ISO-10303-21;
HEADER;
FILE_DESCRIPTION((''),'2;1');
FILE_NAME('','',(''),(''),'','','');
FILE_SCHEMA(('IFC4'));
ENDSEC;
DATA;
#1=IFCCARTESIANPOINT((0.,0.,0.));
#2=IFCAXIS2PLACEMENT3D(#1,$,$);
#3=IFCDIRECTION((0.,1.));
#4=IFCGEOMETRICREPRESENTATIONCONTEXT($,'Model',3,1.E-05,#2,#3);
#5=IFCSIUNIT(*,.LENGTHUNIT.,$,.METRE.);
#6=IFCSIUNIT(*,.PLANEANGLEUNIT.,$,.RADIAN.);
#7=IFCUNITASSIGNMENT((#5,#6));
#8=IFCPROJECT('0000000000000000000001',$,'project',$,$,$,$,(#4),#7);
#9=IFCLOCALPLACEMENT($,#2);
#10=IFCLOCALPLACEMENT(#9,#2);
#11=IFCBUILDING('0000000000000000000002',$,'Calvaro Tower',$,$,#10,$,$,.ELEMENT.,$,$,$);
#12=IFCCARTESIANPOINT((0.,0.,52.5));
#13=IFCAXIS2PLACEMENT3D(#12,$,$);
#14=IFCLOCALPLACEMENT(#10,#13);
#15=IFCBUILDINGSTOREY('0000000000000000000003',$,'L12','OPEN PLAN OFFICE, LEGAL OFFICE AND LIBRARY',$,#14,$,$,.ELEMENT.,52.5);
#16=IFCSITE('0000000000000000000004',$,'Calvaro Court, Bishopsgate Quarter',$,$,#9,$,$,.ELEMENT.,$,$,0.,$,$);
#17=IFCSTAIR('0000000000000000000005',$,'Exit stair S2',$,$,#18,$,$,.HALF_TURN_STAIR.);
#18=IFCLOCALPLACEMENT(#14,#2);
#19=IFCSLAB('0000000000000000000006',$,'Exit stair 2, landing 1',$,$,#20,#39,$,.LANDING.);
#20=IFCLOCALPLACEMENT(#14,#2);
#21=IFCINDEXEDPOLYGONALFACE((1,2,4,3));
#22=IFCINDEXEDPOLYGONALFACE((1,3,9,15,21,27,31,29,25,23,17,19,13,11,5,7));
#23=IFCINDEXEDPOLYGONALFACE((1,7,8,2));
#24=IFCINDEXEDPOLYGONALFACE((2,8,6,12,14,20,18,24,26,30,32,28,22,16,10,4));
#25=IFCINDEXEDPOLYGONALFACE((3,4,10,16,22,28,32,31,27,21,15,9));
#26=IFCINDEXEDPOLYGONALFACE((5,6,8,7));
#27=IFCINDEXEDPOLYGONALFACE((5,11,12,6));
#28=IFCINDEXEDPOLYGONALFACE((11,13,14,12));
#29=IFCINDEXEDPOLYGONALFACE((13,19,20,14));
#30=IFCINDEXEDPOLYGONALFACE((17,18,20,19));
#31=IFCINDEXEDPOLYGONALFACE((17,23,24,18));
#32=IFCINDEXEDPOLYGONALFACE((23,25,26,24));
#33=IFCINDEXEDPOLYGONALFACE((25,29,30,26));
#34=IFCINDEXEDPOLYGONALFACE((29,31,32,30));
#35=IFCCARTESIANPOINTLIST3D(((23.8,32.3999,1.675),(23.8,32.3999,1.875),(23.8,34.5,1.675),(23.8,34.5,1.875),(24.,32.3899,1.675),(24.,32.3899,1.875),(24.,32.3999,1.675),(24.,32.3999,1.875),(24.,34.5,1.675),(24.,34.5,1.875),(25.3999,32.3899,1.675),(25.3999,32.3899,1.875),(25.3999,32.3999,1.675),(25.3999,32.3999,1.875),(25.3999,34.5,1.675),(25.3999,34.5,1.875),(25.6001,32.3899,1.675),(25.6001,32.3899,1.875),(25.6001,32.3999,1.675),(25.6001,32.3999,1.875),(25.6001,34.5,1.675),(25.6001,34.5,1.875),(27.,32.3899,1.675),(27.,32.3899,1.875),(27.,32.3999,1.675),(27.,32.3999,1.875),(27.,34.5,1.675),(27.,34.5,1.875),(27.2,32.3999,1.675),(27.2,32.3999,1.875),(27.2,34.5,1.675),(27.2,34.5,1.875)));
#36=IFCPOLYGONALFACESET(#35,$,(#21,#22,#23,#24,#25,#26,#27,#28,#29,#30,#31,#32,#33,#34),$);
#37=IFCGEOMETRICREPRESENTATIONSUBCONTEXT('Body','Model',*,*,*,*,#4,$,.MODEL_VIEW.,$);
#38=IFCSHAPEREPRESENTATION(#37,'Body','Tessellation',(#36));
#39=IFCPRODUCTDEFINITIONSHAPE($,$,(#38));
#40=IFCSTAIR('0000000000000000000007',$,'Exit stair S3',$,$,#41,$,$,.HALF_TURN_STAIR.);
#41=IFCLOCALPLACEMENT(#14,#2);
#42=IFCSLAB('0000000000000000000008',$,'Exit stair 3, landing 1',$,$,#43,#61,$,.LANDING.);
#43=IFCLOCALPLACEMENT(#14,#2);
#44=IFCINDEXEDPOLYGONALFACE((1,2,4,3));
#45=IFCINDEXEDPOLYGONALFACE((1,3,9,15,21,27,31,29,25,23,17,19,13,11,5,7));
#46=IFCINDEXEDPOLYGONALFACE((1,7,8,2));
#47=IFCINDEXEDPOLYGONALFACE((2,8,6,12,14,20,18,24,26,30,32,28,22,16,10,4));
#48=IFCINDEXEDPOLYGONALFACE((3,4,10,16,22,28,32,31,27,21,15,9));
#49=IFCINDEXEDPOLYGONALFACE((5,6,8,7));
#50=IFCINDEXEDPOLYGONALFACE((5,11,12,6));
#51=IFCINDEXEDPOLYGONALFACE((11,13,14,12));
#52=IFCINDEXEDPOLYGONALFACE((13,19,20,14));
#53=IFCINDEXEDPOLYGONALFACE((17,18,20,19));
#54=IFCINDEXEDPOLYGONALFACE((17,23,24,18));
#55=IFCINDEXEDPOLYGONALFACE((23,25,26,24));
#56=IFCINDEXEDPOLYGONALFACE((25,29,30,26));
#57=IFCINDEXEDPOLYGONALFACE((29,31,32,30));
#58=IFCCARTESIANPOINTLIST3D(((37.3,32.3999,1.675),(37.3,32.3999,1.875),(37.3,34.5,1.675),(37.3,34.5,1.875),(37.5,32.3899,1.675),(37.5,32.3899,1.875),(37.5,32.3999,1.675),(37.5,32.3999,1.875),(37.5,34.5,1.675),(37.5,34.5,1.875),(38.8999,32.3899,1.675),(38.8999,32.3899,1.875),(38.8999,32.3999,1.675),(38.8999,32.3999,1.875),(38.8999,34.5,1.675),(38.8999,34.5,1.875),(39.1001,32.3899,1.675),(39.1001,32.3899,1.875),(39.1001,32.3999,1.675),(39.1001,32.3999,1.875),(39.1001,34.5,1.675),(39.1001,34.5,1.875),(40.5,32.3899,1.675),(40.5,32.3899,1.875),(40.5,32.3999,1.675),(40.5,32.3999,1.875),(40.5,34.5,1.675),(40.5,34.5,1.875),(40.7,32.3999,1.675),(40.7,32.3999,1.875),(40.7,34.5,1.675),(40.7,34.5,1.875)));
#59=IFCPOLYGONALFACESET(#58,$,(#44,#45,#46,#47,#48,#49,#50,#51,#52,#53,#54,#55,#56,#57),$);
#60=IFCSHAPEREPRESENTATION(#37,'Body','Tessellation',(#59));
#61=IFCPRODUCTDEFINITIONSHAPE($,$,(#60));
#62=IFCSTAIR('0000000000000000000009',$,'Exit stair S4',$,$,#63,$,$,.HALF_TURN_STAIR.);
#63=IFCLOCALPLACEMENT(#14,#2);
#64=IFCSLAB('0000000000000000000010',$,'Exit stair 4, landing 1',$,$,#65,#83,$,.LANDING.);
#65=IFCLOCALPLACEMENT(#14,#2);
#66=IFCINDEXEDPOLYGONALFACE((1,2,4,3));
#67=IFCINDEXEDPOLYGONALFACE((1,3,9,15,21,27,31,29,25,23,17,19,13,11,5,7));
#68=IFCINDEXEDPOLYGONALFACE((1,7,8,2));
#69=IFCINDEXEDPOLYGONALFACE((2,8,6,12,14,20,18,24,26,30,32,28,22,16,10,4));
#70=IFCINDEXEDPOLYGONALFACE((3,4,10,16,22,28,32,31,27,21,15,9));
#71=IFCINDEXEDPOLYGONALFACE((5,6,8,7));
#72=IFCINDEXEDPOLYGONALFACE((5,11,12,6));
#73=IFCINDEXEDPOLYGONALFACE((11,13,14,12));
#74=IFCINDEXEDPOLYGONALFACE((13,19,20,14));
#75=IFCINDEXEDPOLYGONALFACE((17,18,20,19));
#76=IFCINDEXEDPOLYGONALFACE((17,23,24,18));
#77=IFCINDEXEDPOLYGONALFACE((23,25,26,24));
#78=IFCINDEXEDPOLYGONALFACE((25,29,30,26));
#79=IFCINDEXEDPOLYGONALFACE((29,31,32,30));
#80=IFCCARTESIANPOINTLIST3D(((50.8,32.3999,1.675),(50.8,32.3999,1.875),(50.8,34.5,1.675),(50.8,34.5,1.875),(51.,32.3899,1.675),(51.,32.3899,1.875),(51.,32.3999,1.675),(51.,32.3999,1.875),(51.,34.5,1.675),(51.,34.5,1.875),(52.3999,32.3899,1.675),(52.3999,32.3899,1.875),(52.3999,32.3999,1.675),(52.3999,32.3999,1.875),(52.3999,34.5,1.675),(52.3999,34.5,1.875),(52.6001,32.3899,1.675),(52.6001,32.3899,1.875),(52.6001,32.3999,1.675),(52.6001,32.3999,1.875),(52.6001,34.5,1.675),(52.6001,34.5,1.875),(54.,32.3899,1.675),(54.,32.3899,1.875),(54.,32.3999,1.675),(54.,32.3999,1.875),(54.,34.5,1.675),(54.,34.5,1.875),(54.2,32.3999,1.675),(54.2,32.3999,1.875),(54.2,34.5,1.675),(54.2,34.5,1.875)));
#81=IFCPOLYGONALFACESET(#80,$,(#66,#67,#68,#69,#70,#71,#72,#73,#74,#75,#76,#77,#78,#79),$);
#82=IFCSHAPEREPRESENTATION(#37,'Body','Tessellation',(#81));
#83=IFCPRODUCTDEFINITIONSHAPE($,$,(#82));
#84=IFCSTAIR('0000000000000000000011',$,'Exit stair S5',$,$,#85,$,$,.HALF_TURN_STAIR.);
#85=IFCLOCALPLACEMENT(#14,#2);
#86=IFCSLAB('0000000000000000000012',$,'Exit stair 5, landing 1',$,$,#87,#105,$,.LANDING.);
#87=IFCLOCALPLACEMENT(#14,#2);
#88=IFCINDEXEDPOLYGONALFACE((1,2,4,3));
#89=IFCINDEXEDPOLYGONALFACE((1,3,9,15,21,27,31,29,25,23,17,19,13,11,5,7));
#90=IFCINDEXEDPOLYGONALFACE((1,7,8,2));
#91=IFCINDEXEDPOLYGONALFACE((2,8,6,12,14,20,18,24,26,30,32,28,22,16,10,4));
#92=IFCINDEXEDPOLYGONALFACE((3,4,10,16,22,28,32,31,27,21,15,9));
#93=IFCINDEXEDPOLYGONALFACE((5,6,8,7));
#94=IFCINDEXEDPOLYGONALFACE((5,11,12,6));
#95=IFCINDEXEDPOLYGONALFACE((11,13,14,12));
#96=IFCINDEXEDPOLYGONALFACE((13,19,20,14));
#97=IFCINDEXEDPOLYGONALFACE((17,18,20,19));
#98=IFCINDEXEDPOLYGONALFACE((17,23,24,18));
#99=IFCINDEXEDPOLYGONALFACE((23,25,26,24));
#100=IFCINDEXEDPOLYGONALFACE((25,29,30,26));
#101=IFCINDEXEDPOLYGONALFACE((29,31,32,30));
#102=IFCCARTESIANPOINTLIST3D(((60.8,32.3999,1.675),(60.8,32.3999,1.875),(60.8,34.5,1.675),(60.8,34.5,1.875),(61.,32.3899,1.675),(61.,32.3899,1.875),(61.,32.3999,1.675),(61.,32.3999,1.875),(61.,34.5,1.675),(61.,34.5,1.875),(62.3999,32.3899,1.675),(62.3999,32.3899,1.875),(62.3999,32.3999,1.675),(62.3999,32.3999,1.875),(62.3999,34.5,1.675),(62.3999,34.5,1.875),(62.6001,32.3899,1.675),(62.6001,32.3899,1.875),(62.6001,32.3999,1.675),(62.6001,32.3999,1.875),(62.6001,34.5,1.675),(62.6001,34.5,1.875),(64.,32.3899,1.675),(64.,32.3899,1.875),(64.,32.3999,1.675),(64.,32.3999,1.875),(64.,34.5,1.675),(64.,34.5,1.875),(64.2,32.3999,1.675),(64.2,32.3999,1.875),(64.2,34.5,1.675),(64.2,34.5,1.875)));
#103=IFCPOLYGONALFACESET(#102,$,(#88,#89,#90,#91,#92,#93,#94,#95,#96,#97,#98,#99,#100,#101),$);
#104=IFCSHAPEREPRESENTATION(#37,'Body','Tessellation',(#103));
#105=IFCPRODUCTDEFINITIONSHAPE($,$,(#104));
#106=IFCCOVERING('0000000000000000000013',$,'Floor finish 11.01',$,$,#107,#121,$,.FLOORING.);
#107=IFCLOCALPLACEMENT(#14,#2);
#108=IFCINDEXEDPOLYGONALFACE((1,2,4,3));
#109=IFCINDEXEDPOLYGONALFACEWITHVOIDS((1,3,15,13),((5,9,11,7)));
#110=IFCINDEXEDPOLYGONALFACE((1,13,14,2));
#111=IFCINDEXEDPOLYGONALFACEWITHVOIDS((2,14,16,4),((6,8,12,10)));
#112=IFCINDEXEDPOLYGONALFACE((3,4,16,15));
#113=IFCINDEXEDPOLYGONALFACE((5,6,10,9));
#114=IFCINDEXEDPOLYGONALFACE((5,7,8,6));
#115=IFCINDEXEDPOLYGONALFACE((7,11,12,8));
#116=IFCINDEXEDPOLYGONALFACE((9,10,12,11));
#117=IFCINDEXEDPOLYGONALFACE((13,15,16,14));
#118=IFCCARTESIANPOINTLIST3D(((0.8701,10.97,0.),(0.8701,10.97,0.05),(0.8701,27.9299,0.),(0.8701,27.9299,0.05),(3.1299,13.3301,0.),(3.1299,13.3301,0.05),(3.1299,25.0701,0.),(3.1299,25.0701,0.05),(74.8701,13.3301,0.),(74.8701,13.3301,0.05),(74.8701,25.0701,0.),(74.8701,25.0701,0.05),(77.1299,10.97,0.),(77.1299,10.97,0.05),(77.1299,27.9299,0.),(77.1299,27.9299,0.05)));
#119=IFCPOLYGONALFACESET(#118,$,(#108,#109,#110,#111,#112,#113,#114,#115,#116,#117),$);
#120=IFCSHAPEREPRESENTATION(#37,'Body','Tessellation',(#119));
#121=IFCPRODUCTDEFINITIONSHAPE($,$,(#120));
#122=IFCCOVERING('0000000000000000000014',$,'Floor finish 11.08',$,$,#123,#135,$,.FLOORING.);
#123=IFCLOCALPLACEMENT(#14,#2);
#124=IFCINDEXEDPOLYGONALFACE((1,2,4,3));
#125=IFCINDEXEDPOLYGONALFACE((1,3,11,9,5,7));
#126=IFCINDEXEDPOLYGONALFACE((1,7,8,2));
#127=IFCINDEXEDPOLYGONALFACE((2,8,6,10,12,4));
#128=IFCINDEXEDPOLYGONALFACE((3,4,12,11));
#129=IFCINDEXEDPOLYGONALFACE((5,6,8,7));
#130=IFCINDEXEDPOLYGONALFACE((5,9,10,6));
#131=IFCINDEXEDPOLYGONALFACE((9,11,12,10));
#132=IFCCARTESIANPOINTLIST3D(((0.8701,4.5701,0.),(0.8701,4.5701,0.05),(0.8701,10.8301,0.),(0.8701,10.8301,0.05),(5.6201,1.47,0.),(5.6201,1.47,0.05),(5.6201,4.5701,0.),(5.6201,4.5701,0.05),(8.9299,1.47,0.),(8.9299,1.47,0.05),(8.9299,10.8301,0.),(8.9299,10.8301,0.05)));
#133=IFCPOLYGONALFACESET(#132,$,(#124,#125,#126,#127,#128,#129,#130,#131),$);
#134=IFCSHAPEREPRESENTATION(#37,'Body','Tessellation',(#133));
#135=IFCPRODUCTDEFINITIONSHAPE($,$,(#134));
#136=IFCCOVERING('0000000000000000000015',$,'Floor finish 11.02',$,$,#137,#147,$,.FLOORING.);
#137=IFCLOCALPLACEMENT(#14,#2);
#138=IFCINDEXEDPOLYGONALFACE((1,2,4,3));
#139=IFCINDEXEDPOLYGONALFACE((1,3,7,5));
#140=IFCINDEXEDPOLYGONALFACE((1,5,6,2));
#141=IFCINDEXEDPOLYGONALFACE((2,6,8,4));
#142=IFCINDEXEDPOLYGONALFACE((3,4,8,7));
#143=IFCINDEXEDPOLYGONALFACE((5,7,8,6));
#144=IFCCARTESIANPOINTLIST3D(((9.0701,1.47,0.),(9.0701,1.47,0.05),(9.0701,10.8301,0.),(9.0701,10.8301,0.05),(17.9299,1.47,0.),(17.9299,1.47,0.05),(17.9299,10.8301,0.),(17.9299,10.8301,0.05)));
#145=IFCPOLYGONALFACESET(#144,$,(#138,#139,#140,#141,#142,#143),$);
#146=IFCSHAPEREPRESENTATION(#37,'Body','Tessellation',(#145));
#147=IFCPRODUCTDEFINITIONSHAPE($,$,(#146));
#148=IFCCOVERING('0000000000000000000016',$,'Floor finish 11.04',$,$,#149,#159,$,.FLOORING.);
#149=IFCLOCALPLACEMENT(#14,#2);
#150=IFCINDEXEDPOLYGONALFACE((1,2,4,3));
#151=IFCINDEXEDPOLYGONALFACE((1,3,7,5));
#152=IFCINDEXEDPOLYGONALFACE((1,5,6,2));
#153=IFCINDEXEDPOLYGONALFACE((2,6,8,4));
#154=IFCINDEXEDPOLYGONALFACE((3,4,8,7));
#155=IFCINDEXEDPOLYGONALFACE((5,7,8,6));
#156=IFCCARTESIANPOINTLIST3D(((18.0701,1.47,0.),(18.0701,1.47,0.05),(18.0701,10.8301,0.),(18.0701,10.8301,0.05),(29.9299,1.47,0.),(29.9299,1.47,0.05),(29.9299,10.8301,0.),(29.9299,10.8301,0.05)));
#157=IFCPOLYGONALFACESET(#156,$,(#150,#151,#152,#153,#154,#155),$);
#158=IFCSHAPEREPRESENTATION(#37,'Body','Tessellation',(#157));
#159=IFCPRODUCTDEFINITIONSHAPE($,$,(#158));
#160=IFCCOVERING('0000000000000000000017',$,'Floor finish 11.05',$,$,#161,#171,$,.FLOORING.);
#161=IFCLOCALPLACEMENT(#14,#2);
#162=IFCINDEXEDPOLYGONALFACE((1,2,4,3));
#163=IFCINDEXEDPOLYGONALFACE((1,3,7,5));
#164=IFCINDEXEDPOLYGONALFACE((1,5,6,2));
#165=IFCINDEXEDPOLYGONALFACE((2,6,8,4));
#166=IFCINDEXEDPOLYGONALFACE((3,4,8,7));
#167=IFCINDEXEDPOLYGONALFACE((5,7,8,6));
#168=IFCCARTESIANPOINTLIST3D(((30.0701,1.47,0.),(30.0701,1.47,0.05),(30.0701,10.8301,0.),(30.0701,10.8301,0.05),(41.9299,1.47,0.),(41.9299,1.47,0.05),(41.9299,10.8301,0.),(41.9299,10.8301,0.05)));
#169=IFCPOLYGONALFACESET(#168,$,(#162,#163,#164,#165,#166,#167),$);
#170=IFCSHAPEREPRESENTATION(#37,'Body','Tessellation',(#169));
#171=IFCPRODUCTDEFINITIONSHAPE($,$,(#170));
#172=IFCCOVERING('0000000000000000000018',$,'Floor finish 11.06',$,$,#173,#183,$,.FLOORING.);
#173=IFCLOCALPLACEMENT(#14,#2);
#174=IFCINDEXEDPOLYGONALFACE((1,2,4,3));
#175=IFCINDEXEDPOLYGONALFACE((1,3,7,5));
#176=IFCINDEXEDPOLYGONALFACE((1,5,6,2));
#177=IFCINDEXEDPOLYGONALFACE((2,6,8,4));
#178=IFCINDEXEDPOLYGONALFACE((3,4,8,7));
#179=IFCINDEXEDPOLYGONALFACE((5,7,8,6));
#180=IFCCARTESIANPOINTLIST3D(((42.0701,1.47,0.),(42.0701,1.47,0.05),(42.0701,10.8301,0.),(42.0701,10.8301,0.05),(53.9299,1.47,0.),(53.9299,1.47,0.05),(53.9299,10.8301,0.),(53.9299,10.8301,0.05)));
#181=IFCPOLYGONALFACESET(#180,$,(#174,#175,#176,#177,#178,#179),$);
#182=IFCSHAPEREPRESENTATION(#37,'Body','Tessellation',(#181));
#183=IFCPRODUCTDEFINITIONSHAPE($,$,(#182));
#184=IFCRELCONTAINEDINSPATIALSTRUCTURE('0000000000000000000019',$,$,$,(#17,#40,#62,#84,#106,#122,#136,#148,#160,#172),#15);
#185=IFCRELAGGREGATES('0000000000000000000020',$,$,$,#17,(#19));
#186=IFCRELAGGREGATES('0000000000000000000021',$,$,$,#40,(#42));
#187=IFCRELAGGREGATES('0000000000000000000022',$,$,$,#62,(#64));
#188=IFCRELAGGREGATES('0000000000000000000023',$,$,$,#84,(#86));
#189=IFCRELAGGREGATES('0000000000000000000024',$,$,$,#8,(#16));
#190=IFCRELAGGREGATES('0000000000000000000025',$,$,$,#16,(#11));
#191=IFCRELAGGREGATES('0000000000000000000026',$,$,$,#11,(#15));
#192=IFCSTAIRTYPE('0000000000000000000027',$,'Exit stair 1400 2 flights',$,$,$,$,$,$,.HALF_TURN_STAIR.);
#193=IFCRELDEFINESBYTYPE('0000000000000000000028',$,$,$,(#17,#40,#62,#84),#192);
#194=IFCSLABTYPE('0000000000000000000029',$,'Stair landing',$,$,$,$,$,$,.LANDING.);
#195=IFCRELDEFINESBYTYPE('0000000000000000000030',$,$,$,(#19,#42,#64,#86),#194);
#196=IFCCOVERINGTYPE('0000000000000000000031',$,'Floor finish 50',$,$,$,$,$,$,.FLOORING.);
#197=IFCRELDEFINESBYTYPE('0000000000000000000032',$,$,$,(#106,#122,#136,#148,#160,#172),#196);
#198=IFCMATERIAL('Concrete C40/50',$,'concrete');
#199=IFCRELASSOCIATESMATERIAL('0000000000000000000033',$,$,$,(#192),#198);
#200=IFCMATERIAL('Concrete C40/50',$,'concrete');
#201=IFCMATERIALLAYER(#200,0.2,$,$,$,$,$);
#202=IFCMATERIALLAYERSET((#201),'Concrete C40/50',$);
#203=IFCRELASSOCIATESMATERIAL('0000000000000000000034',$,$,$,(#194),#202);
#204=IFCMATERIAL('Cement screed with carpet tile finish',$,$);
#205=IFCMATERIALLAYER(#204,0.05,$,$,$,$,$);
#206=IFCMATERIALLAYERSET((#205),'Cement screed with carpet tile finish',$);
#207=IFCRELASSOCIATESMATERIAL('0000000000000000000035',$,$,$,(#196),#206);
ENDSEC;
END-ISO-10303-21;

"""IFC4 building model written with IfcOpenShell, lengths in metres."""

from ifc_helpers import new_model, si_unit, direction, frame, origin, place, context, subcontext, project, spatial, polyline, outline, extrude, material, layer, layer_set, type_object, element, aggregate, save


model = new_model("IFC4")

# Units and contexts
model_context = context("Model", 3, precision=1e-05, world=origin(), true_north=direction((0.0, 1.0)))
body_context = subcontext(model_context, "Body", "Model", "MODEL_VIEW")
ifc_project = project(units=[si_unit("LENGTHUNIT", "METRE"), si_unit("PLANEANGLEUNIT", "RADIAN")], contexts=[model_context])

# Site, building, storey
site_placement = place(None, origin())
site = spatial("IfcSite", under=ifc_project, at=site_placement, Name="Calvaro Court, Bishopsgate Quarter", CompositionType="ELEMENT", RefElevation=0.0)
building_placement = place(site_placement, origin())
building = spatial("IfcBuilding", under=site, at=building_placement, Name="Calvaro Tower", CompositionType="ELEMENT")
storey_placement = place(building_placement, frame((0.0, 0.0, 52.5)))
storey = spatial("IfcBuildingStorey", under=building, at=storey_placement, Name="L12", Description="OPEN PLAN OFFICE, LEGAL OFFICE AND LIBRARY", CompositionType="ELEMENT", Elevation=52.5)

# Stairs, slabs
ifc_material_1 = material(Name="Concrete C40/50", Category="concrete")
stair_type = type_object("IfcStairType", Name="Exit stair 1400 2 flights", PredefinedType="HALF_TURN_STAIR", material=ifc_material_1)
ifc_material_2 = material(Name="Concrete C40/50", Category="concrete")
ifc_layer_1 = layer(ifc_material_2, 0.2)
ifc_layer_set_1 = layer_set([ifc_layer_1], Name="Concrete C40/50")
slab_type_1 = type_object("IfcSlabType", Name="Stair landing", PredefinedType="LANDING", material=ifc_layer_set_1)
stair_1_placement = place(storey_placement, origin())
stair_1 = element("IfcStair", 1, at=stair_1_placement, inside=storey, type_object=stair_type, Name="Exit stair S2", PredefinedType="HALF_TURN_STAIR")
slab_1_placement = place(storey_placement, frame((0.0, 0.0, 1.675)))
slab_1 = element("IfcSlab", 2, at=slab_1_placement, type_object=slab_type_1, Name="Exit stair 2, landing 1", PredefinedType="LANDING", context=body_context, shape_type="SweptSolid", body=[
    extrude(outline(polyline([(25.3999, 32.3899), (24.0, 32.3899), (24.0, 32.3999), (23.8, 32.3999), (23.8, 34.5), (24.0, 34.5), (25.3999, 34.5), (25.6001, 34.5), (27.0, 34.5), (27.2, 34.5), (27.2, 32.3999), (27.0, 32.3999), (27.0, 32.3899), (25.6001, 32.3899), (25.6001, 32.3999), (25.3999, 32.3999), (25.3999, 32.3899)])), origin(), (0.0, 0.0, 1.0), 0.2),
])
aggregate(stair_1, [slab_1])
stair_2_placement = place(storey_placement, origin())
stair_2 = element("IfcStair", 3, at=stair_2_placement, inside=storey, type_object=stair_type, Name="Exit stair S3", PredefinedType="HALF_TURN_STAIR")
slab_2_placement = place(storey_placement, frame((0.0, 0.0, 1.675)))
slab_2 = element("IfcSlab", 4, at=slab_2_placement, type_object=slab_type_1, Name="Exit stair 3, landing 1", PredefinedType="LANDING", context=body_context, shape_type="SweptSolid", body=[
    extrude(outline(polyline([(38.8999, 32.3899), (37.5, 32.3899), (37.5, 32.3999), (37.3, 32.3999), (37.3, 34.5), (37.5, 34.5), (38.8999, 34.5), (39.1001, 34.5), (40.5, 34.5), (40.7, 34.5), (40.7, 32.3999), (40.5, 32.3999), (40.5, 32.3899), (39.1001, 32.3899), (39.1001, 32.3999), (38.8999, 32.3999), (38.8999, 32.3899)])), origin(), (0.0, 0.0, 1.0), 0.2),
])
aggregate(stair_2, [slab_2])
stair_3_placement = place(storey_placement, origin())
stair_3 = element("IfcStair", 5, at=stair_3_placement, inside=storey, type_object=stair_type, Name="Exit stair S4", PredefinedType="HALF_TURN_STAIR")
slab_3_placement = place(storey_placement, frame((0.0, 0.0, 1.675)))
slab_3 = element("IfcSlab", 6, at=slab_3_placement, type_object=slab_type_1, Name="Exit stair 4, landing 1", PredefinedType="LANDING", context=body_context, shape_type="SweptSolid", body=[
    extrude(outline(polyline([(52.3999, 32.3899), (51.0, 32.3899), (51.0, 32.3999), (50.8, 32.3999), (50.8, 34.5), (51.0, 34.5), (52.3999, 34.5), (52.6001, 34.5), (54.0, 34.5), (54.2, 34.5), (54.2, 32.3999), (54.0, 32.3999), (54.0, 32.3899), (52.6001, 32.3899), (52.6001, 32.3999), (52.3999, 32.3999), (52.3999, 32.3899)])), origin(), (0.0, 0.0, 1.0), 0.2),
])
aggregate(stair_3, [slab_3])
stair_4_placement = place(storey_placement, origin())
stair_4 = element("IfcStair", 7, at=stair_4_placement, inside=storey, type_object=stair_type, Name="Exit stair S5", PredefinedType="HALF_TURN_STAIR")
slab_4_placement = place(storey_placement, frame((0.0, 0.0, 1.675)))
slab_4 = element("IfcSlab", 8, at=slab_4_placement, type_object=slab_type_1, Name="Exit stair 5, landing 1", PredefinedType="LANDING", context=body_context, shape_type="SweptSolid", body=[
    extrude(outline(polyline([(62.3999, 32.3899), (61.0, 32.3899), (61.0, 32.3999), (60.8, 32.3999), (60.8, 34.5), (61.0, 34.5), (62.3999, 34.5), (62.6001, 34.5), (64.0, 34.5), (64.2, 34.5), (64.2, 32.3999), (64.0, 32.3999), (64.0, 32.3899), (62.6001, 32.3899), (62.6001, 32.3999), (62.3999, 32.3999), (62.3999, 32.3899)])), origin(), (0.0, 0.0, 1.0), 0.2),
])
aggregate(stair_4, [slab_4])

# Coverings
ifc_material_3 = material(Name="Cement screed with carpet tile finish")
ifc_layer_2 = layer(ifc_material_3, 0.05)
ifc_layer_set_2 = layer_set([ifc_layer_2], Name="Cement screed with carpet tile finish")
covering_type = type_object("IfcCoveringType", Name="Floor finish 50", PredefinedType="FLOORING", material=ifc_layer_set_2)
covering_1_placement = place(storey_placement, origin())
element("IfcCovering", 9, at=covering_1_placement, inside=storey, type_object=covering_type, Name="Floor finish 11.01", PredefinedType="FLOORING", context=body_context, shape_type="SweptSolid", body=[
    extrude(outline(polyline([(0.8701, 10.97), (0.8701, 27.9299), (77.1299, 27.9299), (77.1299, 10.97), (0.8701, 10.97)]), holes=[polyline([(74.8701, 13.3301), (74.8701, 25.0701), (3.1299, 25.0701), (3.1299, 13.3301), (74.8701, 13.3301)])]), origin(), (0.0, 0.0, 1.0), 0.05),
])
covering_2_placement = place(storey_placement, origin())
element("IfcCovering", 10, at=covering_2_placement, inside=storey, type_object=covering_type, Name="Floor finish 11.08", PredefinedType="FLOORING", context=body_context, shape_type="SweptSolid", body=[
    extrude(outline(polyline([(8.9299, 10.8301), (8.9299, 1.47), (5.6201, 1.47), (5.6201, 4.5701), (0.8701, 4.5701), (0.8701, 10.8301), (8.9299, 10.8301)])), origin(), (0.0, 0.0, 1.0), 0.05),
])
covering_3_placement = place(storey_placement, origin())
element("IfcCovering", 11, at=covering_3_placement, inside=storey, type_object=covering_type, Name="Floor finish 11.02", PredefinedType="FLOORING", context=body_context, shape_type="SweptSolid", body=[
    extrude(outline(polyline([(9.0701, 10.8301), (17.9299, 10.8301), (17.9299, 1.47), (9.0701, 1.47), (9.0701, 10.8301)])), origin(), (0.0, 0.0, 1.0), 0.05),
])
covering_4_placement = place(storey_placement, origin())
element("IfcCovering", 12, at=covering_4_placement, inside=storey, type_object=covering_type, Name="Floor finish 11.04", PredefinedType="FLOORING", context=body_context, shape_type="SweptSolid", body=[
    extrude(outline(polyline([(18.0701, 10.8301), (29.9299, 10.8301), (29.9299, 1.47), (18.0701, 1.47), (18.0701, 10.8301)])), origin(), (0.0, 0.0, 1.0), 0.05),
])
covering_5_placement = place(storey_placement, origin())
element("IfcCovering", 13, at=covering_5_placement, inside=storey, type_object=covering_type, Name="Floor finish 11.05", PredefinedType="FLOORING", context=body_context, shape_type="SweptSolid", body=[
    extrude(outline(polyline([(30.0701, 10.8301), (41.9299, 10.8301), (41.9299, 1.47), (30.0701, 1.47), (30.0701, 10.8301)])), origin(), (0.0, 0.0, 1.0), 0.05),
])
covering_6_placement = place(storey_placement, origin())
element("IfcCovering", 14, at=covering_6_placement, inside=storey, type_object=covering_type, Name="Floor finish 11.06", PredefinedType="FLOORING", context=body_context, shape_type="SweptSolid", body=[
    extrude(outline(polyline([(42.0701, 10.8301), (53.9299, 10.8301), (53.9299, 1.47), (42.0701, 1.47), (42.0701, 10.8301)])), origin(), (0.0, 0.0, 1.0), 0.05),
])

save(model, "model.ifc")
